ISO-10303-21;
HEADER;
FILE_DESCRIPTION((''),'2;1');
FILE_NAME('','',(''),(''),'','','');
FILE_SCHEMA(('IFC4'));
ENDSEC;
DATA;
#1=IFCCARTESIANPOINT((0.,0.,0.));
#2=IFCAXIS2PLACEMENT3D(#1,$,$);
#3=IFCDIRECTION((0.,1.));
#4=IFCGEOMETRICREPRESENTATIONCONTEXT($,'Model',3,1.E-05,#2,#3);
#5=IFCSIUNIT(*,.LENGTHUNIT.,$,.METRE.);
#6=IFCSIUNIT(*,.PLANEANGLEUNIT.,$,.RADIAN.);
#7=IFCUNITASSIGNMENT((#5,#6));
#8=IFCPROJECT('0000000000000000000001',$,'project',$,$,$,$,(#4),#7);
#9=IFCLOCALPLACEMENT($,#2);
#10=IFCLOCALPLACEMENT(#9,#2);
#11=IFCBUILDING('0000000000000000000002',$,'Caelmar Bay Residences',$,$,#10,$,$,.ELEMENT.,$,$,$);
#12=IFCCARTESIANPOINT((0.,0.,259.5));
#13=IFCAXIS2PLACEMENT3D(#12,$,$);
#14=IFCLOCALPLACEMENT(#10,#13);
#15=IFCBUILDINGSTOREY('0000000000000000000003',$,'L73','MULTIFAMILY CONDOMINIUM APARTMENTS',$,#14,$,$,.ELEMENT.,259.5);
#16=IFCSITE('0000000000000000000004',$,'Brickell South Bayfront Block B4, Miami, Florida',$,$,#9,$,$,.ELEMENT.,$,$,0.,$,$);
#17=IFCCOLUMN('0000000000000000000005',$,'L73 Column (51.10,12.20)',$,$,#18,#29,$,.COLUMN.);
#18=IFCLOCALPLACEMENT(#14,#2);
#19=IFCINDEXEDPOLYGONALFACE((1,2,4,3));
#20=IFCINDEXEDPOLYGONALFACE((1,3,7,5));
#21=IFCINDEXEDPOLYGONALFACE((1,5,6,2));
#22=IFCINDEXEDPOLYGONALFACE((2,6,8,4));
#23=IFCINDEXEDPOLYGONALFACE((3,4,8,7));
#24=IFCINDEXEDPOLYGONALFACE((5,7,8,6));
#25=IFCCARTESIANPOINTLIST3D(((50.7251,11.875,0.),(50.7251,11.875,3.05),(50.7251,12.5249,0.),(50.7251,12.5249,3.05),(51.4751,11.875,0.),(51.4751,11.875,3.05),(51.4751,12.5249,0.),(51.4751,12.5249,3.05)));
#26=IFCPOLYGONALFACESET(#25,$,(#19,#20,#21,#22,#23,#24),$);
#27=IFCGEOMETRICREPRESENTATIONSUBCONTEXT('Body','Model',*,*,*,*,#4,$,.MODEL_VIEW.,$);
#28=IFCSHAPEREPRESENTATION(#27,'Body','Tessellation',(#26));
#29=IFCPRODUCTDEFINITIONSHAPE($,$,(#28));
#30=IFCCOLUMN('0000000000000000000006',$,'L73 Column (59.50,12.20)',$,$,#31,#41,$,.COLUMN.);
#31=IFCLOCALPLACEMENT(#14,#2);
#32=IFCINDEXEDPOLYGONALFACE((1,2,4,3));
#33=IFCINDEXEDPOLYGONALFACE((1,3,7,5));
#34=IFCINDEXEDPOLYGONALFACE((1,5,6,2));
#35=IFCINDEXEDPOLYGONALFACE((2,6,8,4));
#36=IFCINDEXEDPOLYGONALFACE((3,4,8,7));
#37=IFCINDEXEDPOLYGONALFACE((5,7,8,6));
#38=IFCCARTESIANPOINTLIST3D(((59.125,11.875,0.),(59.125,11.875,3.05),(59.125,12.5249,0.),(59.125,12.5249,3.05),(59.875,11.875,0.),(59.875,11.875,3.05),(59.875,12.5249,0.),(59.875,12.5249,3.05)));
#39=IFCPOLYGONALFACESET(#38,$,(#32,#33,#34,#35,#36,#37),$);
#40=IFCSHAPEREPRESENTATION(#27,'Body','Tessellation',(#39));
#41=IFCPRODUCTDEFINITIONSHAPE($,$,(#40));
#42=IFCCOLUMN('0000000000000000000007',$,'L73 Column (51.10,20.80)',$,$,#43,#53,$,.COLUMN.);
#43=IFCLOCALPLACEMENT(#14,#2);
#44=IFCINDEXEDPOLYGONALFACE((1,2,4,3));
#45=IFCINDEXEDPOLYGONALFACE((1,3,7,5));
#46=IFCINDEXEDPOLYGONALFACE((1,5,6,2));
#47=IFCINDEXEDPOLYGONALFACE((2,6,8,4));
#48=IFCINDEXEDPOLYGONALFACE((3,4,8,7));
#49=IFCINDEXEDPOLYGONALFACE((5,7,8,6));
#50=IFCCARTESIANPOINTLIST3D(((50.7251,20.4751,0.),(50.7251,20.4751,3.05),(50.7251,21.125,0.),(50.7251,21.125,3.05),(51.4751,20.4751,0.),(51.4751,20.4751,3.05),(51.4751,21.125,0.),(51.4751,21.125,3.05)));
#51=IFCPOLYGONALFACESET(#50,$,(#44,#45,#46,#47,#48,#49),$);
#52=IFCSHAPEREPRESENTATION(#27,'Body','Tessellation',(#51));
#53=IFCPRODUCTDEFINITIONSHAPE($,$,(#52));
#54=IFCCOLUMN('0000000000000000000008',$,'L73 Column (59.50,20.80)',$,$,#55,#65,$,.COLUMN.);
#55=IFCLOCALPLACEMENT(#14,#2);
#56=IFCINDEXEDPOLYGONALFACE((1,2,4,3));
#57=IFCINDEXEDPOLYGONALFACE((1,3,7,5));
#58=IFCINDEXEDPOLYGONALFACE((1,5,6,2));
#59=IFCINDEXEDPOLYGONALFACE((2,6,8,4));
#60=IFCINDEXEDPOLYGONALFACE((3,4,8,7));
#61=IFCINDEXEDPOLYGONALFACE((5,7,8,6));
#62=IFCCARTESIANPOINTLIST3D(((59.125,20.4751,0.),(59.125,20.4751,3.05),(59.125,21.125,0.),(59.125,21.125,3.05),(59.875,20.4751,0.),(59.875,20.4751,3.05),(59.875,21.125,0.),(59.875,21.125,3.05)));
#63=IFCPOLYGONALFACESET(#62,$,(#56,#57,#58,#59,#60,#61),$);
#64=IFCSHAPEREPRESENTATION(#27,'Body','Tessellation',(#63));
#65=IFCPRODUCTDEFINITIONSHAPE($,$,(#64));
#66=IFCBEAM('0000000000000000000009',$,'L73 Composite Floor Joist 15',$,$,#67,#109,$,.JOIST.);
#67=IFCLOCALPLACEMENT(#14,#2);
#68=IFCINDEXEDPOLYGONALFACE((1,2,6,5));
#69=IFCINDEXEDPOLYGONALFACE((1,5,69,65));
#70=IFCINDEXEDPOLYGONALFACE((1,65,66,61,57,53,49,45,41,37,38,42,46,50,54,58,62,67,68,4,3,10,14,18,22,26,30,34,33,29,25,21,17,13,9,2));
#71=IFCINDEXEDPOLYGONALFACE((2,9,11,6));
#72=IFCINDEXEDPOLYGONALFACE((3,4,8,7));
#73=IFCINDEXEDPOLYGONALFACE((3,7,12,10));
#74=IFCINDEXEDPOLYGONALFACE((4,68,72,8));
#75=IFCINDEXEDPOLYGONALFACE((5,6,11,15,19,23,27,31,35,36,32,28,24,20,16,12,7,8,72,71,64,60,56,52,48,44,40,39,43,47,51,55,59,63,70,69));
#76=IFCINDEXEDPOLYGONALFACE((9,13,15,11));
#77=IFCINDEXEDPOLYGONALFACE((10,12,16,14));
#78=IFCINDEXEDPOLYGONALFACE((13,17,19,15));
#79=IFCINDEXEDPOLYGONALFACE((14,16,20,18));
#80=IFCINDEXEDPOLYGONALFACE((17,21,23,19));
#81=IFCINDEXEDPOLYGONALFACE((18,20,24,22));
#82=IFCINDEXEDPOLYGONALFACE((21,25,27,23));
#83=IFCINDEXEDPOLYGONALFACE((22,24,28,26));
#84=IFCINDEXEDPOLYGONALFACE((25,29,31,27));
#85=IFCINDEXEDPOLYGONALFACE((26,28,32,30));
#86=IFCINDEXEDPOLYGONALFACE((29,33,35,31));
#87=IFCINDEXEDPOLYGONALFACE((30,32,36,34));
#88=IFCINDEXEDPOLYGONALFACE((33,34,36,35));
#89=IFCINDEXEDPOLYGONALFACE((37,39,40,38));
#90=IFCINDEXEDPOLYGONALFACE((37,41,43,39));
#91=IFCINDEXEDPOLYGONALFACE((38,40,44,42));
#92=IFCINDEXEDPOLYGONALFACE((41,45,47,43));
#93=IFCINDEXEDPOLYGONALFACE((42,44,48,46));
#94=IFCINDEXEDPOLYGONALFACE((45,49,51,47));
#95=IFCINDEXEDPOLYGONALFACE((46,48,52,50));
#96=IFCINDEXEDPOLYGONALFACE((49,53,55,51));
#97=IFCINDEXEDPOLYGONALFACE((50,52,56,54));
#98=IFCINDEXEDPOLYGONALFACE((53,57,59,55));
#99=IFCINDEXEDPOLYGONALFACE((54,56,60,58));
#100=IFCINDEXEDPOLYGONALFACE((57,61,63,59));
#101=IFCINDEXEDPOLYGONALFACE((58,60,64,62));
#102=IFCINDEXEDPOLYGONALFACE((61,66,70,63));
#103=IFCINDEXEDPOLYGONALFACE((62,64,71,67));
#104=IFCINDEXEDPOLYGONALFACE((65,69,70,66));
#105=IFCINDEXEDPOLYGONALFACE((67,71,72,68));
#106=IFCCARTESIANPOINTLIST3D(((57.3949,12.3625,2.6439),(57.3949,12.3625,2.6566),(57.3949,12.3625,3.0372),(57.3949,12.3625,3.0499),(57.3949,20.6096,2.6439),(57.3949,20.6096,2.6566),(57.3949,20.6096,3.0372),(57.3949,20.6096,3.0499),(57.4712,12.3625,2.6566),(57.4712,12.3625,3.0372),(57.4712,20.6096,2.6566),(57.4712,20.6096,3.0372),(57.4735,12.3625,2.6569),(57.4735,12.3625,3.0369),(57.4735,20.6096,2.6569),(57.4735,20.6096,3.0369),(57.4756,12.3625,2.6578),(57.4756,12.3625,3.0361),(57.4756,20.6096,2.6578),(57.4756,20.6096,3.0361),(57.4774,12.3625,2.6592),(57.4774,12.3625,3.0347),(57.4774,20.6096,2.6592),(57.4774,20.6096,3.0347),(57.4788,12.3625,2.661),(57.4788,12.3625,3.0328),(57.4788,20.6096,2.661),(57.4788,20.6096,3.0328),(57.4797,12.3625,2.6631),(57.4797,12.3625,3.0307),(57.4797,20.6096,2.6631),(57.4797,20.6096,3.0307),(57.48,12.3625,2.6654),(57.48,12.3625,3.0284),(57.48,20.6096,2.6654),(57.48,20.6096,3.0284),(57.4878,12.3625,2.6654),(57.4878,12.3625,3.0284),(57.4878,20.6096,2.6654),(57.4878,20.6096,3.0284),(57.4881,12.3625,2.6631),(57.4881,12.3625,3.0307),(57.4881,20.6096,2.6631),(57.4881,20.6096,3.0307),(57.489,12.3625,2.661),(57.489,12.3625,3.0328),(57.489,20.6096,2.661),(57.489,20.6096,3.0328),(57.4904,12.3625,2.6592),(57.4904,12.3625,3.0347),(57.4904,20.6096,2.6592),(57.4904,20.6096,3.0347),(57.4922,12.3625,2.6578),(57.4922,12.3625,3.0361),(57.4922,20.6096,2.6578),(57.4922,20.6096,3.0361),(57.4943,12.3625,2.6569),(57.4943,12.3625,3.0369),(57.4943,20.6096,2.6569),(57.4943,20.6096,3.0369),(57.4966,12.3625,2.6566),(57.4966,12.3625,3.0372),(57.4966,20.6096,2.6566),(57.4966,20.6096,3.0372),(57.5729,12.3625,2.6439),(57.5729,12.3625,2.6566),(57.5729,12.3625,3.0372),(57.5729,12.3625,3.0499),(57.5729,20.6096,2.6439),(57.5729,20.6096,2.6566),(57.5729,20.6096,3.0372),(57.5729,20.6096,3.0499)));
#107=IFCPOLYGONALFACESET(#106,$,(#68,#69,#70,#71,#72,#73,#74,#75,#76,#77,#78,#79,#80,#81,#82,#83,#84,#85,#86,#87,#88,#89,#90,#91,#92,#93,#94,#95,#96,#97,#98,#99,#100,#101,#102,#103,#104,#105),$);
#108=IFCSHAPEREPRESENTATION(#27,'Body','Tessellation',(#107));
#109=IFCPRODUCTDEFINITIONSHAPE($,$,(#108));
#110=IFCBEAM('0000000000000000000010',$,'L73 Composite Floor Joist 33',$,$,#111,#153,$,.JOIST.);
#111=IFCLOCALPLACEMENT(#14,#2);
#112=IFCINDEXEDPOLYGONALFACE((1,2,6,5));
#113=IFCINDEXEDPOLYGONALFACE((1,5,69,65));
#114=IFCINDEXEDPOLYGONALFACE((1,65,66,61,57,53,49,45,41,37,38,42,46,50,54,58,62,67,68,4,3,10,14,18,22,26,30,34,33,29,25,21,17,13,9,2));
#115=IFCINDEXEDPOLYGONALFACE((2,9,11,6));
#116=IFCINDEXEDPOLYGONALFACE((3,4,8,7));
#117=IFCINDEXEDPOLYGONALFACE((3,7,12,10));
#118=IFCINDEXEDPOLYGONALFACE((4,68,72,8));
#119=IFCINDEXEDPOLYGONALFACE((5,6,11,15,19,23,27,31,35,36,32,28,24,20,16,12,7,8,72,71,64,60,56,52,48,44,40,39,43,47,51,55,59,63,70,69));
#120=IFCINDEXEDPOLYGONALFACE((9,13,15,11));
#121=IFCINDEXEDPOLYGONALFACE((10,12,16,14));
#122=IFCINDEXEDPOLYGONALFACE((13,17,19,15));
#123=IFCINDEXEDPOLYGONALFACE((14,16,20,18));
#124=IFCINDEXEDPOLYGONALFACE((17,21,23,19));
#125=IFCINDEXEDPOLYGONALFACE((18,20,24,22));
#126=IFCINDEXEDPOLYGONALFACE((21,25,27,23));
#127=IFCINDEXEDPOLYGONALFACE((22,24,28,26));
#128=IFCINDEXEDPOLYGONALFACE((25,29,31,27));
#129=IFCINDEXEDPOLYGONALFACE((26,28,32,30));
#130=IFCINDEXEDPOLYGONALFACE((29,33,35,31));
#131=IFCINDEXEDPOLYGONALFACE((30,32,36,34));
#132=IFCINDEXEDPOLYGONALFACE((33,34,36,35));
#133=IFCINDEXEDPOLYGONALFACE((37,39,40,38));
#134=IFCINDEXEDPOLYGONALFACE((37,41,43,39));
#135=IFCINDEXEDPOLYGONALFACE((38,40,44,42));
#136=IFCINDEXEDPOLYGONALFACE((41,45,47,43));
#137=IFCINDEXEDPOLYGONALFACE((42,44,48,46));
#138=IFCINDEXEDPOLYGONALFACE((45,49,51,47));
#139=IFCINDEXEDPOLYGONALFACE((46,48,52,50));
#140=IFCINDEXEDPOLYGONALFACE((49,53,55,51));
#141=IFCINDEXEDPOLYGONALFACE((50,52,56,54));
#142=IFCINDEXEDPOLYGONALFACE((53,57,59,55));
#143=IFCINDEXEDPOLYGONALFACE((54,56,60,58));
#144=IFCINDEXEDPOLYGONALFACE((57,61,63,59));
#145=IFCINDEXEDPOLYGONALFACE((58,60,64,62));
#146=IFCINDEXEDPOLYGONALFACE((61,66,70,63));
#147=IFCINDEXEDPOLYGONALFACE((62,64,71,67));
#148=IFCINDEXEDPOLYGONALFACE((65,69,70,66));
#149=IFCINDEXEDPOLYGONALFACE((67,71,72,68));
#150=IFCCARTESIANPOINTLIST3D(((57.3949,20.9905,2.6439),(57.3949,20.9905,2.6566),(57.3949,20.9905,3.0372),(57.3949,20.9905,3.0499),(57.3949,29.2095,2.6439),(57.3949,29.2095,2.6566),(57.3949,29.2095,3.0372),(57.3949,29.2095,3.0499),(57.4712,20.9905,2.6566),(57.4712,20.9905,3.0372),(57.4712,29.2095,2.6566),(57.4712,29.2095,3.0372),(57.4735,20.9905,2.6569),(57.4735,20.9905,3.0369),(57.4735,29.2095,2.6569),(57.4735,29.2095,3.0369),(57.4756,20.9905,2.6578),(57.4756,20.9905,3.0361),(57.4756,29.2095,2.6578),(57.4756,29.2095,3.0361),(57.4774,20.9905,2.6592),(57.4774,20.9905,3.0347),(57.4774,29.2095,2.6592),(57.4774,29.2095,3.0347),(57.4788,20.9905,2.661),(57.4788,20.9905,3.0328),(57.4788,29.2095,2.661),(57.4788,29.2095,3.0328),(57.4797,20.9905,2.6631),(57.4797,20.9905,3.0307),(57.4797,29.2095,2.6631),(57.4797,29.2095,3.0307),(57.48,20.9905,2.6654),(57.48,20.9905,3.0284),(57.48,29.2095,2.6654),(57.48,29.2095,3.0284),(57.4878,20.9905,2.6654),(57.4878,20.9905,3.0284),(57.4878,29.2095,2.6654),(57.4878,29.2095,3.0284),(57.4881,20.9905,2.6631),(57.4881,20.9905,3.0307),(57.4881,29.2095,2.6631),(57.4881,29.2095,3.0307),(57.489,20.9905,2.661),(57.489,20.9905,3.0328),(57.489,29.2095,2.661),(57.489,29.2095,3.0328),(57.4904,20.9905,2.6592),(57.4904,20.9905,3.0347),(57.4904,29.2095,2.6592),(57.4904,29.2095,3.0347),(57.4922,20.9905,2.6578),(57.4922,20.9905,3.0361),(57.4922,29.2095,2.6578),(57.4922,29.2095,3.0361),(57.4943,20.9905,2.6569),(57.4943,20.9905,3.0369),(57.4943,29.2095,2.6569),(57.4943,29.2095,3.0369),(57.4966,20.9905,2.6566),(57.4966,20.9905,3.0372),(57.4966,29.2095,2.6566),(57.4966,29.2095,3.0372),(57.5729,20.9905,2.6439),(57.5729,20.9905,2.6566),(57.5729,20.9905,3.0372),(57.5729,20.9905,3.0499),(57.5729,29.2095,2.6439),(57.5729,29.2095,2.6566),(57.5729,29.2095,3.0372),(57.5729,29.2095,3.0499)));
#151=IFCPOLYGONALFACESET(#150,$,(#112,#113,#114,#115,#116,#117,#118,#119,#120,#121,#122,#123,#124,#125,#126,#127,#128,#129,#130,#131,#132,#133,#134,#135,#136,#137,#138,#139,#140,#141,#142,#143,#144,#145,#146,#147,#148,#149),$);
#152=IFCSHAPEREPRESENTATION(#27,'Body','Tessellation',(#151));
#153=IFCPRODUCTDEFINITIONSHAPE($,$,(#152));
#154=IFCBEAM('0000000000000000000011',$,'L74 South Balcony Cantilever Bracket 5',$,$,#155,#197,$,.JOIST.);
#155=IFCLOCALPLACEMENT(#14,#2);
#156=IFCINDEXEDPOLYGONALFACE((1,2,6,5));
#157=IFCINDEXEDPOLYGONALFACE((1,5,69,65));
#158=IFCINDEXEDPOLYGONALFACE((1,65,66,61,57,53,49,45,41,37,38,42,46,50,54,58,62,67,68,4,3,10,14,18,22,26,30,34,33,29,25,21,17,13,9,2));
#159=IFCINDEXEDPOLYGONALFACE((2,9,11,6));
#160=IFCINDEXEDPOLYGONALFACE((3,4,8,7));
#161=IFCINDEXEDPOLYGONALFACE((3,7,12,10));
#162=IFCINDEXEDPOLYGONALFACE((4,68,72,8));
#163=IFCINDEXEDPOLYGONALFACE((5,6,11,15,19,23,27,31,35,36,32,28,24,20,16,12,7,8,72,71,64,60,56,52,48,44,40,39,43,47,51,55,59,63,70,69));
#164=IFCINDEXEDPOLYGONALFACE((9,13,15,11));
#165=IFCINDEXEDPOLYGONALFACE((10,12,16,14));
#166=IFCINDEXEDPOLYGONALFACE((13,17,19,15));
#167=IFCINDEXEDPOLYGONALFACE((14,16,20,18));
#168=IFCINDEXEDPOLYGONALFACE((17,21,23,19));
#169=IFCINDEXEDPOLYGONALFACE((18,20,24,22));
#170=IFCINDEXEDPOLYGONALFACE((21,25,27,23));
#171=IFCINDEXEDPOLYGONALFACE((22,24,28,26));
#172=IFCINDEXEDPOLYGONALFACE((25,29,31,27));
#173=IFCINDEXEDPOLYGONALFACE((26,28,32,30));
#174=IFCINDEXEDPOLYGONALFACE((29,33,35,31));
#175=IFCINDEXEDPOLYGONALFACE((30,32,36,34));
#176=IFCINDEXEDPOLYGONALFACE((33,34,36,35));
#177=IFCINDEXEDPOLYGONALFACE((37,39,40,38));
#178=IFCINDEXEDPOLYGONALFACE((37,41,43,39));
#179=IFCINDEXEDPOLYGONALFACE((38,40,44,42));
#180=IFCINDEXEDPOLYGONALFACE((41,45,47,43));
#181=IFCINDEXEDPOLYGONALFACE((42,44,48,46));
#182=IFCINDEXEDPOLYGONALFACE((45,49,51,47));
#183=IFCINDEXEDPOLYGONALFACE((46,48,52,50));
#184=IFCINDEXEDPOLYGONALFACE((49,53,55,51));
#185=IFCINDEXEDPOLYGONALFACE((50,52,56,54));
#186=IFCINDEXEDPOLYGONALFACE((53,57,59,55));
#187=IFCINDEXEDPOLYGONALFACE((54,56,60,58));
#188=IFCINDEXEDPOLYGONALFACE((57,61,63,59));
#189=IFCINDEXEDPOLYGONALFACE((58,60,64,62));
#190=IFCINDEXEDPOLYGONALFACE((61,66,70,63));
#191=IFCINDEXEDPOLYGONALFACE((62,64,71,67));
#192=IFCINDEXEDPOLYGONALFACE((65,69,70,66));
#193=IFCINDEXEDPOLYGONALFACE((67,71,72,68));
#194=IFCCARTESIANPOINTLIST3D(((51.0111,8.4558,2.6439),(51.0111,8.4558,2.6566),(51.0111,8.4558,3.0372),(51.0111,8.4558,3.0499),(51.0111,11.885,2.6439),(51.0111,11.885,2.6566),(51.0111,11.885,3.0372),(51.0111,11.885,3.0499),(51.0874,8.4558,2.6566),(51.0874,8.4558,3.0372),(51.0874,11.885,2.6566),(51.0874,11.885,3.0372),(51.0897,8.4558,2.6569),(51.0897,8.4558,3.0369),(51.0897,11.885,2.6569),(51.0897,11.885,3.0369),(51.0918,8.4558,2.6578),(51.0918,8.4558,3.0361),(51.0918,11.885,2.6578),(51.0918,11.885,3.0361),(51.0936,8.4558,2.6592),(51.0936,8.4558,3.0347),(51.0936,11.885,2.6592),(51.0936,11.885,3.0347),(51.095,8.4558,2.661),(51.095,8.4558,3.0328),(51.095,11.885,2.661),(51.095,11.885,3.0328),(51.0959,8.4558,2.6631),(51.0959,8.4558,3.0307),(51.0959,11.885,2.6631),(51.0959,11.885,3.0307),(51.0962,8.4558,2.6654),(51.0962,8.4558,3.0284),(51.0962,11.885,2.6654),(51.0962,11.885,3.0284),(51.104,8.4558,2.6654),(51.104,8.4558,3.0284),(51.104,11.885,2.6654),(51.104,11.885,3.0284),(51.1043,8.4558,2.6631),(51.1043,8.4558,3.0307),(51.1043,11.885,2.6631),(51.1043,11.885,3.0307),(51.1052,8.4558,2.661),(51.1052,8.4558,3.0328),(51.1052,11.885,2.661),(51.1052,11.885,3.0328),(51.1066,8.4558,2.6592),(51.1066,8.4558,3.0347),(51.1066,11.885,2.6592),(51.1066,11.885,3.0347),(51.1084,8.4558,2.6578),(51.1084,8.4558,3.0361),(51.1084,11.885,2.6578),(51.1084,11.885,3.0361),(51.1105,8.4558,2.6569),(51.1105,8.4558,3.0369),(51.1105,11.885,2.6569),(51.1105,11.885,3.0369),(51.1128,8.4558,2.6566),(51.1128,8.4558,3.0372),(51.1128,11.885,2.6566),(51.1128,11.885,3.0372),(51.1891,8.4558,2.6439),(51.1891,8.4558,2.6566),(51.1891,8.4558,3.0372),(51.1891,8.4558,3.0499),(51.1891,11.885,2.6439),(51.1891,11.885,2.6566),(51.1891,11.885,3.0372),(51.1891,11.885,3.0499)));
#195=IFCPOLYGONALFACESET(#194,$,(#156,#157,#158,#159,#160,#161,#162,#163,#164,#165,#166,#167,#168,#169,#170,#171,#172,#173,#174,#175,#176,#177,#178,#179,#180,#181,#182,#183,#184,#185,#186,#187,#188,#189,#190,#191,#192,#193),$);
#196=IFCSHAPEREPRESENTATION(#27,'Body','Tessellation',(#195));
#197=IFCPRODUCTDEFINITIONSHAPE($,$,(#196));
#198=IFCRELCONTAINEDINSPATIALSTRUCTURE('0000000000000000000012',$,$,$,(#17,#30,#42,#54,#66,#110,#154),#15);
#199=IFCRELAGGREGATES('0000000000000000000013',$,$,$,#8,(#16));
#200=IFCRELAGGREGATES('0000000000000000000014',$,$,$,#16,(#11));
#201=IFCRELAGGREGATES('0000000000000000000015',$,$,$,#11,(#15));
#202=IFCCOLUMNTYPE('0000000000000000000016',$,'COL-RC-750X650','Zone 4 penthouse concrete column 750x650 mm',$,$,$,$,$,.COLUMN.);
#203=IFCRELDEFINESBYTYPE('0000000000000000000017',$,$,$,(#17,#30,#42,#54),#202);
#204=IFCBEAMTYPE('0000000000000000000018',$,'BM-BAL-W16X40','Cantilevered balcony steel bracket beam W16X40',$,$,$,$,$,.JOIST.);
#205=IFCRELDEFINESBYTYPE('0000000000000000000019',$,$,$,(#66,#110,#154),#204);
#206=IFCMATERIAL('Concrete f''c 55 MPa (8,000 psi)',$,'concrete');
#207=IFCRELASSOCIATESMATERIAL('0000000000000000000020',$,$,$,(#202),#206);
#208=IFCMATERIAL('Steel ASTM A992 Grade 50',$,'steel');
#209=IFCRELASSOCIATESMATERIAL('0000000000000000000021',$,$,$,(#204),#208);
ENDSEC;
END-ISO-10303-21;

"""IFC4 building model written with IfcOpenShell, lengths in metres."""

from ifc_helpers import new_model, si_unit, direction, frame, origin, origin_2d, place, context, subcontext, project, spatial, rectangle, i_section, extrude, material, material_profile, profile_set, type_object, element, save


model = new_model("IFC4")

# Units and contexts
model_context = context("Model", 3, precision=1e-05, world=origin(), true_north=direction((0.0, 1.0)))
body_context = subcontext(model_context, "Body", "Model", "MODEL_VIEW")
ifc_project = project(units=[si_unit("LENGTHUNIT", "METRE"), si_unit("PLANEANGLEUNIT", "RADIAN")], contexts=[model_context])

# Site, building, storey
site_placement = place(None, origin())
site = spatial("IfcSite", under=ifc_project, at=site_placement, Name="Brickell South Bayfront Block B4, Miami, Florida", CompositionType="ELEMENT", RefElevation=0.0)
building_placement = place(site_placement, origin())
building = spatial("IfcBuilding", under=site, at=building_placement, Name="Caelmar Bay Residences", CompositionType="ELEMENT")
storey_placement = place(building_placement, frame((0.0, 0.0, 259.5)))
storey = spatial("IfcBuildingStorey", under=building, at=storey_placement, Name="L73", Description="MULTIFAMILY CONDOMINIUM APARTMENTS", CompositionType="ELEMENT", Elevation=259.5)

# Columns
ifc_material_1 = material(Name="Concrete f'c 55 MPa (8,000 psi)", Category="concrete")
ifc_material_profile_1 = material_profile(ifc_material_1, rectangle(XDim=0.75, YDim=0.6499, at=origin_2d()), Name="RC-COL-750X650")
ifc_profile_set_1 = profile_set([ifc_material_profile_1], Name="Concrete f'c 55 MPa (8,000 psi)")
column_type = type_object("IfcColumnType", Name="COL-RC-750X650", Description="Zone 4 penthouse concrete column 750x650 mm", PredefinedType="COLUMN", material=ifc_profile_set_1)
for number, where, z_axis, x_axis, name in (
    (1, (51.1001, 12.2, 0.0), (0.0, 0.0, 1.0), (1.0, 0.0, 0.0), "L73 Column (51.10,12.20)"),
    (2, (59.5, 12.2, 0.0), (0.0, 0.0, 1.0), (1.0, 0.0, 0.0), "L73 Column (59.50,12.20)"),
    (3, (51.1001, 20.8, 0.0), (0.0, 0.0, 1.0), (1.0, 0.0, 0.0), "L73 Column (51.10,20.80)"),
    (4, (59.5, 20.8, 0.0), (0.0, 0.0, 1.0), (1.0, 0.0, 0.0), "L73 Column (59.50,20.80)"),
):
    element("IfcColumn", number, at=place(storey_placement, frame(where, z_axis=z_axis, x_axis=x_axis)), inside=storey, type_object=column_type, Name=name, PredefinedType="COLUMN", context=body_context, shape_type="SweptSolid", body=[
        extrude(rectangle(XDim=0.75, YDim=0.6499, at=origin_2d()), origin(), (0.0, 0.0, 1.0), 3.05),
    ])

# Beams
ifc_material_2 = material(Name="Steel ASTM A992 Grade 50", Category="steel")
ifc_material_profile_2 = material_profile(ifc_material_2, i_section(OverallWidth=0.178, OverallDepth=0.406, WebThickness=0.0078, FlangeThickness=0.0127, FilletRadius=0.0088, at=origin_2d()), Name="W16X40")
ifc_profile_set_2 = profile_set([ifc_material_profile_2], Name="Steel ASTM A992 Grade 50")
beam_type_1 = type_object("IfcBeamType", Name="BM-BAL-W16X40", Description="Cantilevered balcony steel bracket beam W16X40", PredefinedType="JOIST", material=ifc_profile_set_2)
beam_1_placement = place(storey_placement, frame((57.4839, 12.3625, 2.8469), z_axis=(0.0, 1.0, 0.0), x_axis=(-1.0, 0.0, 0.0)))
element("IfcBeam", 5, at=beam_1_placement, inside=storey, type_object=beam_type_1, Name="L73 Composite Floor Joist 15", PredefinedType="JOIST", context=body_context, shape_type="SweptSolid", body=[
    extrude(i_section(OverallWidth=0.178, OverallDepth=0.406, WebThickness=0.0078, FlangeThickness=0.0127, FilletRadius=0.0088, at=origin_2d()), origin(), (0.0, 0.0, 1.0), 8.2471),
])
beam_2_placement = place(storey_placement, frame((57.4839, 20.9905, 2.8469), z_axis=(0.0, 1.0, 0.0), x_axis=(-1.0, 0.0, 0.0)))
element("IfcBeam", 6, at=beam_2_placement, inside=storey, type_object=beam_type_1, Name="L73 Composite Floor Joist 33", PredefinedType="JOIST", context=body_context, shape_type="SweptSolid", body=[
    extrude(i_section(OverallWidth=0.178, OverallDepth=0.406, WebThickness=0.0078, FlangeThickness=0.0127, FilletRadius=0.0088, at=origin_2d()), origin(), (0.0, 0.0, 1.0), 8.219),
])
beam_3_placement = place(storey_placement, frame((51.1001, 11.885, 2.8469), z_axis=(0.0, -1.0, 0.0), x_axis=(1.0, 0.0, 0.0)))
element("IfcBeam", 7, at=beam_3_placement, inside=storey, type_object=beam_type_1, Name="L74 South Balcony Cantilever Bracket 5", PredefinedType="JOIST", context=body_context, shape_type="SweptSolid", body=[
    extrude(i_section(OverallWidth=0.178, OverallDepth=0.406, WebThickness=0.0078, FlangeThickness=0.0127, FilletRadius=0.0088, at=origin_2d()), origin(), (0.0, 0.0, 1.0), 3.4292),
])

save(model, "model.ifc")
